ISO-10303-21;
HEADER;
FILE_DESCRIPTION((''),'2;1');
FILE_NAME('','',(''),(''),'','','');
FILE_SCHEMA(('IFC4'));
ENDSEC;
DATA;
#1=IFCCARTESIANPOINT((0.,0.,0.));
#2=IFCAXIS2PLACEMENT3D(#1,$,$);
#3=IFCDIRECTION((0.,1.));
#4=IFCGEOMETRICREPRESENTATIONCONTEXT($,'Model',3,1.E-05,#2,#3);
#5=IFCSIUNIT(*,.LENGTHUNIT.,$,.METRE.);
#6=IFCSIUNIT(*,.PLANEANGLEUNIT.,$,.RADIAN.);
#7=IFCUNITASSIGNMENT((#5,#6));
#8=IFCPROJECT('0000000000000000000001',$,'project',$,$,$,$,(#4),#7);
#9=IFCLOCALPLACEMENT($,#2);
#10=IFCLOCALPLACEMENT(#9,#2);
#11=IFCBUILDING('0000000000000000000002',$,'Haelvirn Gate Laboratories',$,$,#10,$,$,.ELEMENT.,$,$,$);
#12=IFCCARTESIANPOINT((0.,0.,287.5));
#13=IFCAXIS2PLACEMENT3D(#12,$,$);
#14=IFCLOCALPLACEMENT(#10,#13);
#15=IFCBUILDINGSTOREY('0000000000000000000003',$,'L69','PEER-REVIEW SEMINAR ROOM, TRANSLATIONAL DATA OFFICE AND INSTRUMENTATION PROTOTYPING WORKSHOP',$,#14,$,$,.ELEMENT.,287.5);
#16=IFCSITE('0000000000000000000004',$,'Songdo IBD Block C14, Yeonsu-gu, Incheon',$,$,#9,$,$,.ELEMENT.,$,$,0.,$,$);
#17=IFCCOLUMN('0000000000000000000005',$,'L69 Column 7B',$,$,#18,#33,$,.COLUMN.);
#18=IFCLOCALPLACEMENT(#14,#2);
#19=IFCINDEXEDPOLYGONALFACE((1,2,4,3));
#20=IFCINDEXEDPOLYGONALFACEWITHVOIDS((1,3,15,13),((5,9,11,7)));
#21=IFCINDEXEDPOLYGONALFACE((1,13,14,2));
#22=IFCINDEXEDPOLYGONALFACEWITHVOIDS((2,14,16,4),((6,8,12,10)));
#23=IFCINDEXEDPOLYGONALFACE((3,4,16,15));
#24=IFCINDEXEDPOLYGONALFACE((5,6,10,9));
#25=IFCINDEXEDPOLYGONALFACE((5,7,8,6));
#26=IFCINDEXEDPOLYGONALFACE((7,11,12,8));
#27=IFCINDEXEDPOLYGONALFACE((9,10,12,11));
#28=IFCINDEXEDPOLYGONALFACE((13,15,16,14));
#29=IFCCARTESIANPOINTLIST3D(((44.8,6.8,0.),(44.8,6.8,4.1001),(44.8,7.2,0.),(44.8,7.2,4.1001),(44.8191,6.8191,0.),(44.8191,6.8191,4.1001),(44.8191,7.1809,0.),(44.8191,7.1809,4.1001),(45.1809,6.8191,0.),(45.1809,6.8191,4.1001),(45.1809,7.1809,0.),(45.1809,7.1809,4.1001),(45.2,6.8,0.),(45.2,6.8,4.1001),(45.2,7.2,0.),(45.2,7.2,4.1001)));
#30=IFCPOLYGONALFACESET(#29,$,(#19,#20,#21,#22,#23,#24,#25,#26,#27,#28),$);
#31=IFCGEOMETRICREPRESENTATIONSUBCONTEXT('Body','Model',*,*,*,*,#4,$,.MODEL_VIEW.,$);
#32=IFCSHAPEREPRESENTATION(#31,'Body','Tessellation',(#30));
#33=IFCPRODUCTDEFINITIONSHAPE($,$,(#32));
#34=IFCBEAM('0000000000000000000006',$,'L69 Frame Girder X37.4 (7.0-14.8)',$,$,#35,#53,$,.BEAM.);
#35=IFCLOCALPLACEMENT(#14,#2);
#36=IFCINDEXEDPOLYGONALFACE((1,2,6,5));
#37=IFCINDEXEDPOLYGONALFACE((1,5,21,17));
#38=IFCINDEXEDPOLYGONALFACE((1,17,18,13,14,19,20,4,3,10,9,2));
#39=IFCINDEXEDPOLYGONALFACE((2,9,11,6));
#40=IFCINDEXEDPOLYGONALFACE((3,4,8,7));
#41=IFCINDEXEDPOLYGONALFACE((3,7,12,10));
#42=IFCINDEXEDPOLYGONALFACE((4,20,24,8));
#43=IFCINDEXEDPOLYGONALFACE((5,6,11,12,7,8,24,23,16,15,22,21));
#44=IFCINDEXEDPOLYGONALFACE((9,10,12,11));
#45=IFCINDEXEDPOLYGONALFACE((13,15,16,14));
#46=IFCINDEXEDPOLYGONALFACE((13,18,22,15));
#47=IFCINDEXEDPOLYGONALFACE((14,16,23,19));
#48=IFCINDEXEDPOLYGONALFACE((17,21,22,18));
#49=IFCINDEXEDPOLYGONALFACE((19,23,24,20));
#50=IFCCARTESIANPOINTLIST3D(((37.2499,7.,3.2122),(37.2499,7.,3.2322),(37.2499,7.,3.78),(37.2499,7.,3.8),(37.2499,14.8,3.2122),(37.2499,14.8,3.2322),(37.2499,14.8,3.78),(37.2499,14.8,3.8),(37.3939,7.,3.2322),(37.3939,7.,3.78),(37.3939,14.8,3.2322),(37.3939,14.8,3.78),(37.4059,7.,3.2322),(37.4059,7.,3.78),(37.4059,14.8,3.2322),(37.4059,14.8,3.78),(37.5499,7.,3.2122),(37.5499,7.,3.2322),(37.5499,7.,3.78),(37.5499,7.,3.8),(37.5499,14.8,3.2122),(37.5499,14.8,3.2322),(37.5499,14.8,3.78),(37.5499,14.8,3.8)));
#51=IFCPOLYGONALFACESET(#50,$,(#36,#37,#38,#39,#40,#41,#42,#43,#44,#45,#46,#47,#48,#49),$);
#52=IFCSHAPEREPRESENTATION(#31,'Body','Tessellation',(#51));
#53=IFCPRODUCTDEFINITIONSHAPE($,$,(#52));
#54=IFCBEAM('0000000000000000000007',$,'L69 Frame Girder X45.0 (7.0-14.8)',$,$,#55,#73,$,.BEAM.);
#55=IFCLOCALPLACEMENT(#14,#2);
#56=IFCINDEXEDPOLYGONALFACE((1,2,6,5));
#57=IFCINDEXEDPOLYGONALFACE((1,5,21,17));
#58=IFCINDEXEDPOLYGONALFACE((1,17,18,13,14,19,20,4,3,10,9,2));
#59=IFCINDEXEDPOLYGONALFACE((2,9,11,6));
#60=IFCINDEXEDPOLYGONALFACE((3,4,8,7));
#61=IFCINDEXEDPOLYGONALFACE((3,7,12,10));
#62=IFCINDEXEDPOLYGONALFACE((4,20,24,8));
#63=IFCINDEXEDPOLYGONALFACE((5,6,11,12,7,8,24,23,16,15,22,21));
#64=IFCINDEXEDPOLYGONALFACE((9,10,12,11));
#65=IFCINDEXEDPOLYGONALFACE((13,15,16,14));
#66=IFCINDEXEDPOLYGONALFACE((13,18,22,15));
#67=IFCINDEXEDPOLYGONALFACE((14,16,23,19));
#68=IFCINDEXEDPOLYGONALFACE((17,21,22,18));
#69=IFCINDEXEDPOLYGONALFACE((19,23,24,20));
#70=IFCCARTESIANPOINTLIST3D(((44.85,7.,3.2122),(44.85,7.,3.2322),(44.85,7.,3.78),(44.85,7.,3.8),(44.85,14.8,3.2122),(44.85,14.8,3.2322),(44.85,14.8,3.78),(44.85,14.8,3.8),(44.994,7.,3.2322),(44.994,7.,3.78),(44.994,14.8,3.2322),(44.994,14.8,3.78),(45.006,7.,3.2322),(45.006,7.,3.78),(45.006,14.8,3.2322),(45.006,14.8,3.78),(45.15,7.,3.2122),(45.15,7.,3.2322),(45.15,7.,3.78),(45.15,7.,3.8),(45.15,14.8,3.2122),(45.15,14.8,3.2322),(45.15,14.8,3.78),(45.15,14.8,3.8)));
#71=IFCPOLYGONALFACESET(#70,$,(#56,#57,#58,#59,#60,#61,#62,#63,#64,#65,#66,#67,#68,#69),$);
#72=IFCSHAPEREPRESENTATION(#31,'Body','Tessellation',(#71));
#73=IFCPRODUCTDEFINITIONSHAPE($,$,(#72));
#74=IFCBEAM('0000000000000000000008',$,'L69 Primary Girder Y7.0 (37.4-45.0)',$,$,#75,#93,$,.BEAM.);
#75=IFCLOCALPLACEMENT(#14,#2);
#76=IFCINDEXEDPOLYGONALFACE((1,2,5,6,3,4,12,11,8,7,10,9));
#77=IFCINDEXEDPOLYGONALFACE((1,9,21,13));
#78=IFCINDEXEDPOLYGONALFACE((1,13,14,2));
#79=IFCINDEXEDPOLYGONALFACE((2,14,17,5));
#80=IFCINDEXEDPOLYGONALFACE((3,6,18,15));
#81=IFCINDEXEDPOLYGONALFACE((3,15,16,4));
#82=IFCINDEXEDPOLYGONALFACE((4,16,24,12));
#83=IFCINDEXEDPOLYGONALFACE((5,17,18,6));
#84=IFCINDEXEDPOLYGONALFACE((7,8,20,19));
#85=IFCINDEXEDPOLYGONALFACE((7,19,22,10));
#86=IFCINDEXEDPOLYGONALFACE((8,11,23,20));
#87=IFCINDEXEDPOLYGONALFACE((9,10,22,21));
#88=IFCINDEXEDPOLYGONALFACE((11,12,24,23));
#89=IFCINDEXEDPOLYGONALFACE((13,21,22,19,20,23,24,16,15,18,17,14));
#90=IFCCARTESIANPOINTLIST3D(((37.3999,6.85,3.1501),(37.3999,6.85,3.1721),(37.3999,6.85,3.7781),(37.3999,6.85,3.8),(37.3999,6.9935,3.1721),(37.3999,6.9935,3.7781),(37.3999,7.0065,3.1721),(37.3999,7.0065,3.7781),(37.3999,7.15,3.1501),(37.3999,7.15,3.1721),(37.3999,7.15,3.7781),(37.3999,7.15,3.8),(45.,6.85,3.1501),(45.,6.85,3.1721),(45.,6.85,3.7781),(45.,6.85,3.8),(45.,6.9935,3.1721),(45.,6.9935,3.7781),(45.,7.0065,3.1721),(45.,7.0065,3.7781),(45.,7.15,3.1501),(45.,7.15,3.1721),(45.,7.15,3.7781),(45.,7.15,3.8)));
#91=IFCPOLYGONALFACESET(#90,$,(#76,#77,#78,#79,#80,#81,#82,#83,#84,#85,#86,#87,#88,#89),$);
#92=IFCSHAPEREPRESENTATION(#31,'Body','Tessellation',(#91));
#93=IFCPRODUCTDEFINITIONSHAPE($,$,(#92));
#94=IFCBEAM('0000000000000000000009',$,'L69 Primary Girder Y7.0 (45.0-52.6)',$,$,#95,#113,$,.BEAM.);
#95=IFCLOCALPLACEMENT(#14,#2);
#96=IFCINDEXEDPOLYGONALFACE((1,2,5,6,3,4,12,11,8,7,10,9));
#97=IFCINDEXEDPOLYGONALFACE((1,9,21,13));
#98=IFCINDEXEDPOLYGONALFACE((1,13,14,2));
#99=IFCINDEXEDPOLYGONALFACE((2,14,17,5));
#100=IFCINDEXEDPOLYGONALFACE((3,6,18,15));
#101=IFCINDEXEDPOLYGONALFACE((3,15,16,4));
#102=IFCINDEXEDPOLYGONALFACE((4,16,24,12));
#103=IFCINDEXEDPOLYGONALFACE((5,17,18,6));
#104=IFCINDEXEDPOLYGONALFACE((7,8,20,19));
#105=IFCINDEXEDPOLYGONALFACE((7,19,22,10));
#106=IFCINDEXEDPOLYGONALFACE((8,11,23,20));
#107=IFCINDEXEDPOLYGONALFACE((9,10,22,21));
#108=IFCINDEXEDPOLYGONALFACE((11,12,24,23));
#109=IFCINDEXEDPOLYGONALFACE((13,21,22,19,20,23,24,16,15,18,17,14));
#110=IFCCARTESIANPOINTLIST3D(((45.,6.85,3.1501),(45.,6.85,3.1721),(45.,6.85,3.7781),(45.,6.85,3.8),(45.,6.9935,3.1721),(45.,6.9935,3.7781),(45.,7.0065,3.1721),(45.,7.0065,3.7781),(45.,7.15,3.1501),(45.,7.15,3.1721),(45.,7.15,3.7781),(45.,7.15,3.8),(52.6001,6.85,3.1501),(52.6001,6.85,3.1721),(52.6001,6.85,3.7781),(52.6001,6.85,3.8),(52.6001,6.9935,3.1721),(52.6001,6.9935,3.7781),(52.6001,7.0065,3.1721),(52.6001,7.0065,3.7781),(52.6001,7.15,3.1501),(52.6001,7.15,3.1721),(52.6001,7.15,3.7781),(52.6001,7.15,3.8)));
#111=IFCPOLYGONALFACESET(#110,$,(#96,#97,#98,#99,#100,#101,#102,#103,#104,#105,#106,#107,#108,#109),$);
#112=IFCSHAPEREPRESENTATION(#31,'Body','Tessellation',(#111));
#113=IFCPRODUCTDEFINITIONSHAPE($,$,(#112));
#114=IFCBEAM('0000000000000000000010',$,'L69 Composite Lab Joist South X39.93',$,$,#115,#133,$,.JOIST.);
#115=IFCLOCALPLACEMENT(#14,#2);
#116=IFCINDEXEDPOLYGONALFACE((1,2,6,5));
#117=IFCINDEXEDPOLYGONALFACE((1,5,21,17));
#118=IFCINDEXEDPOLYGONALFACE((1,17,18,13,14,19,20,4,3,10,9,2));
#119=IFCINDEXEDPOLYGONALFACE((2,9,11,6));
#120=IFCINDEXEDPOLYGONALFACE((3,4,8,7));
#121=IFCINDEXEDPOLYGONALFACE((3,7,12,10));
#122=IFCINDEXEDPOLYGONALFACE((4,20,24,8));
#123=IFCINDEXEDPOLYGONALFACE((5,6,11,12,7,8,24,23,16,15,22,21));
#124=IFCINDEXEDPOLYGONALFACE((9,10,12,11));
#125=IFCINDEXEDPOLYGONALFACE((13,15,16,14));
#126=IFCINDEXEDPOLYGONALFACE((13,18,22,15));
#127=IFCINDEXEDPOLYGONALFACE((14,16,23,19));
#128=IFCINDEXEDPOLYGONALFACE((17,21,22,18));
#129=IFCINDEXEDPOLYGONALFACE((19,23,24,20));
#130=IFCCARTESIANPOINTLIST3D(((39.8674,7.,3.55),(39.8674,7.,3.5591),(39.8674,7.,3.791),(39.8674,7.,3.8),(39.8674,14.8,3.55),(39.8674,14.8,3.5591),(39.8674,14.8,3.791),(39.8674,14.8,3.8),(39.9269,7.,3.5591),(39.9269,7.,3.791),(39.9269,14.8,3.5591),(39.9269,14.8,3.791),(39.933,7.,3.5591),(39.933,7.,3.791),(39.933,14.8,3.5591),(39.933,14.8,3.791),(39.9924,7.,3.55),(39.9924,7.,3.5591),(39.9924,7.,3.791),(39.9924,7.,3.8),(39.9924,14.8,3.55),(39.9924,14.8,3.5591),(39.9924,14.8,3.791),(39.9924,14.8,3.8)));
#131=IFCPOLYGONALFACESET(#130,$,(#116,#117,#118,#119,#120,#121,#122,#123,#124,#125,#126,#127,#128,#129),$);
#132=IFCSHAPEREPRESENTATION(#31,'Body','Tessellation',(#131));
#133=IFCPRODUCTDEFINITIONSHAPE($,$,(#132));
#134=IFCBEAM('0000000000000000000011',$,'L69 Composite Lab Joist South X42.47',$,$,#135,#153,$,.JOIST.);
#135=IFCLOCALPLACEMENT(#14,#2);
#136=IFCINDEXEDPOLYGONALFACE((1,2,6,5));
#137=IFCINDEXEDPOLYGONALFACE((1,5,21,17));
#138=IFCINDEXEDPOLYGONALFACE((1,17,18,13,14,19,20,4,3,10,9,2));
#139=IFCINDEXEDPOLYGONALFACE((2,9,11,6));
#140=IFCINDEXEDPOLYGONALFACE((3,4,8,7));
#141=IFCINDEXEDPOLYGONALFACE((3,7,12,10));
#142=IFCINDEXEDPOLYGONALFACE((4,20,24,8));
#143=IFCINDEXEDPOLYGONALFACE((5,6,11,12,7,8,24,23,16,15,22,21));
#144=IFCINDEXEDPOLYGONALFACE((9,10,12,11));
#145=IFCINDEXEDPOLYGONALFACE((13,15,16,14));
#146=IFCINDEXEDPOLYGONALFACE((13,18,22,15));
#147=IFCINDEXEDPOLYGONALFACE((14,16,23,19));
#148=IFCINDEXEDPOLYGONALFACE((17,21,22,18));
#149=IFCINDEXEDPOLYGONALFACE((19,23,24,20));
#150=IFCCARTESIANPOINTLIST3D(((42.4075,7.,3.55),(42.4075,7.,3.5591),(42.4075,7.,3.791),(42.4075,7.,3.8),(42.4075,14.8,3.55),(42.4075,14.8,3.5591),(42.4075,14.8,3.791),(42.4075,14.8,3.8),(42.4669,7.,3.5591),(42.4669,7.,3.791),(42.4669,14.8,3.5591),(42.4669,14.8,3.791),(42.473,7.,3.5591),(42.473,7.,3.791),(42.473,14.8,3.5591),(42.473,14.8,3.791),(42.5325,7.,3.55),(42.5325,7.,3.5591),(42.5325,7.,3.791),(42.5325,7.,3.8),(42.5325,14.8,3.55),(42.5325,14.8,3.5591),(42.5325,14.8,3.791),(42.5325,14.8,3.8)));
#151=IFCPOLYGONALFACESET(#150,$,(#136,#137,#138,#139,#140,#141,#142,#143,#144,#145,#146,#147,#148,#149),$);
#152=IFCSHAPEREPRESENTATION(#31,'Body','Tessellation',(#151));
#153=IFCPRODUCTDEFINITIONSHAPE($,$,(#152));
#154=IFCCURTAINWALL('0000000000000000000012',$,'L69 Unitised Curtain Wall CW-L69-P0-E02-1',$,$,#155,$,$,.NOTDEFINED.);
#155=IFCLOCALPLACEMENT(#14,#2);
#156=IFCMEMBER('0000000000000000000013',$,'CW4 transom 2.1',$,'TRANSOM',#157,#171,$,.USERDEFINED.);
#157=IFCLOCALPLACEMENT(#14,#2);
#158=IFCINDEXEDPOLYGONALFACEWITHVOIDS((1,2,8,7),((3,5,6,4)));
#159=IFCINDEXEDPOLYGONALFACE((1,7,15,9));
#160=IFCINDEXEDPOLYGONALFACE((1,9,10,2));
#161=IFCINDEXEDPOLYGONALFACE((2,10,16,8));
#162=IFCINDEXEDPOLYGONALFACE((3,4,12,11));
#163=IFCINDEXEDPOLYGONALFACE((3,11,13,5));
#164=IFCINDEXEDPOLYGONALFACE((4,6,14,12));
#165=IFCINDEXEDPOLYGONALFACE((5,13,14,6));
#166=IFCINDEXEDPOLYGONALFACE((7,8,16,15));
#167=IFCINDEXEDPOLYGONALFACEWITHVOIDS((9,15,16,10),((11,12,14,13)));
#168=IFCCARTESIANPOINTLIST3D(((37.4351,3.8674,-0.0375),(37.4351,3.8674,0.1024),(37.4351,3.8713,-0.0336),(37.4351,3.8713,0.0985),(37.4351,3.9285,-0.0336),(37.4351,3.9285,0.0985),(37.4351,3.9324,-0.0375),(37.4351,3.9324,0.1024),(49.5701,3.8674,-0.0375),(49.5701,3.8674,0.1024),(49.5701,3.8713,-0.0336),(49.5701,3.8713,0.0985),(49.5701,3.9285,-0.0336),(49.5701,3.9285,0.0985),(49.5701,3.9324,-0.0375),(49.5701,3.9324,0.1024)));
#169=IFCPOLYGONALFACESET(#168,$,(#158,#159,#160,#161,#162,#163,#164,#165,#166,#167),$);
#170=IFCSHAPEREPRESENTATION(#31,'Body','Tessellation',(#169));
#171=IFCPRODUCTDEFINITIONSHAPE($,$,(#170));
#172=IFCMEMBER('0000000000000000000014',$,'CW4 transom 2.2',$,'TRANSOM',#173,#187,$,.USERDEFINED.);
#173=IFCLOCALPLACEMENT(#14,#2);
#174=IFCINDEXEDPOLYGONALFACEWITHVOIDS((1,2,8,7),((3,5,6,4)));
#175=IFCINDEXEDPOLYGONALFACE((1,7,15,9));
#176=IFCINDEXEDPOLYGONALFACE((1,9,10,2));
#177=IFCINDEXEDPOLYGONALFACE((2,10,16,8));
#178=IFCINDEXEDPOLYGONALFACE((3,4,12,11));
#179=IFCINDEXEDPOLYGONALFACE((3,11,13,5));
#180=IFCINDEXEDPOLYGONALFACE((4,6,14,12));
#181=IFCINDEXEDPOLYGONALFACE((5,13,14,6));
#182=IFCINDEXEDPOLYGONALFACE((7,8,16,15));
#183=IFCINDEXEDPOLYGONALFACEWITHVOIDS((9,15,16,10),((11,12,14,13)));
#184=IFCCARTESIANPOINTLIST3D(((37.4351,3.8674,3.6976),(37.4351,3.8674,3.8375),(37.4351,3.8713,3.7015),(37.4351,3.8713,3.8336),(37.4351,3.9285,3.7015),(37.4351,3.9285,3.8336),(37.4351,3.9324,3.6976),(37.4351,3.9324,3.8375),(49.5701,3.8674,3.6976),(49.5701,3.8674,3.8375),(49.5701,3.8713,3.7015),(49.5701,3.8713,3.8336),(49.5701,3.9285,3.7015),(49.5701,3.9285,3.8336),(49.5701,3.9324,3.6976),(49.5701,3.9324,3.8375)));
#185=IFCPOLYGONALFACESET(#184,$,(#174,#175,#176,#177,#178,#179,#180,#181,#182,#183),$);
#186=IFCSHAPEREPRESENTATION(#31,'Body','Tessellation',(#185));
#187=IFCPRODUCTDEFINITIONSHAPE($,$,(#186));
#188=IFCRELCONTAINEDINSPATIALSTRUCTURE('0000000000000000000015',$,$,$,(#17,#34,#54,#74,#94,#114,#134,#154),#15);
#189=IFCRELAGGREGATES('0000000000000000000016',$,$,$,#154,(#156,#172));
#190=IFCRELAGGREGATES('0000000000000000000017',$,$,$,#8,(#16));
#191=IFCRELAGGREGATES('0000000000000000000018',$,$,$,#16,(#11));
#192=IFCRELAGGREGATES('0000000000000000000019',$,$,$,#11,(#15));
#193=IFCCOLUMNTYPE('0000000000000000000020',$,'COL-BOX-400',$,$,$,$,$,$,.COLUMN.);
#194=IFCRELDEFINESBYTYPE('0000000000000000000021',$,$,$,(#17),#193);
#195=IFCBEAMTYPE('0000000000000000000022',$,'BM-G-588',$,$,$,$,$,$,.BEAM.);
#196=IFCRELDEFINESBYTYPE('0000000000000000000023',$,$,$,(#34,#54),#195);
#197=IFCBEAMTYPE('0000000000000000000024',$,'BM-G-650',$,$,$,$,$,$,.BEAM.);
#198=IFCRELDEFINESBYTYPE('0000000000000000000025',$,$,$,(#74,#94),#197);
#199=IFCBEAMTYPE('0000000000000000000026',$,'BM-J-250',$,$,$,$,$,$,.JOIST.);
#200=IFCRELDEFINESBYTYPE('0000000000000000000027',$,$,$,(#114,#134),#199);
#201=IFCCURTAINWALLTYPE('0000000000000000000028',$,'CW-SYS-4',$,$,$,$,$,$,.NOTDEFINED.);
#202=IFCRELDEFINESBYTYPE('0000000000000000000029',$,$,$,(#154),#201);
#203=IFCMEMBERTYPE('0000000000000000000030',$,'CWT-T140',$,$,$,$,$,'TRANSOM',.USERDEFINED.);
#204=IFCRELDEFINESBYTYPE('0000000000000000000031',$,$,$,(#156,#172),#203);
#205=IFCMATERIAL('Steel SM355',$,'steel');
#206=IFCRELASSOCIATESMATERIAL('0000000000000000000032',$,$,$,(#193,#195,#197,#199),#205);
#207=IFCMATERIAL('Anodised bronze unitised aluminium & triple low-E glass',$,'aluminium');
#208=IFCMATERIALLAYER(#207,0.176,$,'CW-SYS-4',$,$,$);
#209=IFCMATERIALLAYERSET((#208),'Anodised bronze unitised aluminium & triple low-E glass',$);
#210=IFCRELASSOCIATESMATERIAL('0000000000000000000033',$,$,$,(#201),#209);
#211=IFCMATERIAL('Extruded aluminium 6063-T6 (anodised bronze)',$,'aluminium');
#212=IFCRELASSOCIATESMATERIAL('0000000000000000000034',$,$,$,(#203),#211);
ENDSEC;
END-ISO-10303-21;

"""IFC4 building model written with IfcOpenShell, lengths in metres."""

from ifc_helpers import new_model, si_unit, direction, frame, origin, origin_2d, place, context, subcontext, project, spatial, hollow_rectangle, i_section, extrude, source, transform, mapped, material, layer, layer_set, material_profile, profile_set, type_object, type_shapes, element, aggregate, save


model = new_model("IFC4")

# Units and contexts
model_context = context("Model", 3, precision=1e-05, world=origin(), true_north=direction((0.0, 1.0)))
body_context = subcontext(model_context, "Body", "Model", "MODEL_VIEW")
ifc_project = project(units=[si_unit("LENGTHUNIT", "METRE"), si_unit("PLANEANGLEUNIT", "RADIAN")], contexts=[model_context])

# Site, building, storey
site_placement = place(None, origin())
site = spatial("IfcSite", under=ifc_project, at=site_placement, Name="Songdo IBD Block C14, Yeonsu-gu, Incheon", CompositionType="ELEMENT", RefElevation=0.0)
building_placement = place(site_placement, origin())
building = spatial("IfcBuilding", under=site, at=building_placement, Name="Haelvirn Gate Laboratories", CompositionType="ELEMENT")
storey_placement = place(building_placement, frame((0.0, 0.0, 287.5)))
storey = spatial("IfcBuildingStorey", under=building, at=storey_placement, Name="L69", Description="PEER-REVIEW SEMINAR ROOM, TRANSLATIONAL DATA OFFICE AND INSTRUMENTATION PROTOTYPING WORKSHOP", CompositionType="ELEMENT", Elevation=287.5)

# Column
ifc_material_1 = material(Name="Steel SM355", Category="steel")
ifc_material_profile_1 = material_profile(ifc_material_1, hollow_rectangle(XDim=0.3999, YDim=0.3999, WallThickness=0.019, at=origin_2d()), Name="BOX-400x400x19")
ifc_profile_set_1 = profile_set([ifc_material_profile_1], Name="Steel SM355")
column_type = type_object("IfcColumnType", Name="COL-BOX-400", PredefinedType="COLUMN", material=ifc_profile_set_1)
shared_shape_1 = source(origin(), body_context, "Body", "SweptSolid", [
    extrude(hollow_rectangle(XDim=0.3999, YDim=0.3999, WallThickness=0.019, at=origin_2d()), origin(), (0.0, 0.0, 1.0), 4.1001),
])
type_shapes(column_type, [shared_shape_1])
column_placement = place(storey_placement, frame((45.0, 7.0, 0.0), z_axis=(0.0, 0.0, 1.0), x_axis=(1.0, 0.0, 0.0)))
element("IfcColumn", 1, at=column_placement, inside=storey, type_object=column_type, Name="L69 Column 7B", PredefinedType="COLUMN", context=body_context, shape_type="MappedRepresentation", body=[
    mapped(shared_shape_1, transform((0.0, 0.0, 0.0), scale=1.0)),
])

# Beams
ifc_material_profile_2 = material_profile(ifc_material_1, i_section(OverallWidth=0.3, OverallDepth=0.5879, WebThickness=0.012, FlangeThickness=0.02, at=origin_2d()), Name="H-588x300x12x20")
ifc_profile_set_2 = profile_set([ifc_material_profile_2], Name="Steel SM355")
beam_type_1 = type_object("IfcBeamType", Name="BM-G-588", PredefinedType="BEAM", material=ifc_profile_set_2)
shared_shape_2 = source(origin(), body_context, "Body", "SweptSolid", [
    extrude(i_section(OverallWidth=0.3, OverallDepth=0.5879, WebThickness=0.012, FlangeThickness=0.02, at=origin_2d()), origin(), (0.0, 0.0, 1.0), 7.8),
])
type_shapes(beam_type_1, [shared_shape_2])
for number, where, z_axis, x_axis, name in (
    (2, (37.3999, 7.0, 3.5061), (0.0, 1.0, 0.0), (-1.0, 0.0, 0.0), "L69 Frame Girder X37.4 (7.0-14.8)"),
    (3, (45.0, 7.0, 3.5061), (0.0, 1.0, 0.0), (-1.0, 0.0, 0.0), "L69 Frame Girder X45.0 (7.0-14.8)"),
):
    element("IfcBeam", number, at=place(storey_placement, frame(where, z_axis=z_axis, x_axis=x_axis)), inside=storey, type_object=beam_type_1, Name=name, PredefinedType="BEAM", context=body_context, shape_type="MappedRepresentation", body=[
        mapped(shared_shape_2, transform((0.0, 0.0, 0.0), scale=1.0)),
    ])
ifc_material_profile_3 = material_profile(ifc_material_1, i_section(OverallWidth=0.3, OverallDepth=0.6499, WebThickness=0.0129, FlangeThickness=0.022, at=origin_2d()), Name="H-650x300x13x22")
ifc_profile_set_3 = profile_set([ifc_material_profile_3], Name="Steel SM355")
beam_type_2 = type_object("IfcBeamType", Name="BM-G-650", PredefinedType="BEAM", material=ifc_profile_set_3)
shared_shape_3 = source(origin(), body_context, "Body", "SweptSolid", [
    extrude(i_section(OverallWidth=0.3, OverallDepth=0.6499, WebThickness=0.0129, FlangeThickness=0.022, at=origin_2d()), origin(), (0.0, 0.0, 1.0), 7.6001),
])
type_shapes(beam_type_2, [shared_shape_3])
for number, where, z_axis, x_axis, name in (
    (4, (37.3999, 7.0, 3.4751), (1.0, 0.0, 0.0), (0.0, 1.0, 0.0), "L69 Primary Girder Y7.0 (37.4-45.0)"),
    (5, (45.0, 7.0, 3.4751), (1.0, 0.0, 0.0), (0.0, 1.0, 0.0), "L69 Primary Girder Y7.0 (45.0-52.6)"),
):
    element("IfcBeam", number, at=place(storey_placement, frame(where, z_axis=z_axis, x_axis=x_axis)), inside=storey, type_object=beam_type_2, Name=name, PredefinedType="BEAM", context=body_context, shape_type="MappedRepresentation", body=[
        mapped(shared_shape_3, transform((0.0, 0.0, 0.0), scale=1.0)),
    ])
ifc_material_profile_4 = material_profile(ifc_material_1, i_section(OverallWidth=0.125, OverallDepth=0.25, WebThickness=0.0061, FlangeThickness=0.009, at=origin_2d()), Name="H-250x125x6x9")
ifc_profile_set_4 = profile_set([ifc_material_profile_4], Name="Steel SM355")
beam_type_3 = type_object("IfcBeamType", Name="BM-J-250", PredefinedType="JOIST", material=ifc_profile_set_4)
shared_shape_4 = source(origin(), body_context, "Body", "SweptSolid", [
    extrude(i_section(OverallWidth=0.125, OverallDepth=0.25, WebThickness=0.0061, FlangeThickness=0.009, at=origin_2d()), origin(), (0.0, 0.0, 1.0), 7.8),
])
type_shapes(beam_type_3, [shared_shape_4])
for number, where, z_axis, x_axis, name in (
    (6, (39.9299, 7.0, 3.675), (0.0, 1.0, 0.0), (-1.0, 0.0, 0.0), "L69 Composite Lab Joist South X39.93"),
    (7, (42.47, 7.0, 3.675), (0.0, 1.0, 0.0), (-1.0, 0.0, 0.0), "L69 Composite Lab Joist South X42.47"),
):
    element("IfcBeam", number, at=place(storey_placement, frame(where, z_axis=z_axis, x_axis=x_axis)), inside=storey, type_object=beam_type_3, Name=name, PredefinedType="JOIST", context=body_context, shape_type="MappedRepresentation", body=[
        mapped(shared_shape_4, transform((0.0, 0.0, 0.0), scale=1.0)),
    ])

# Curtain wall, members
ifc_material_2 = material(Name="Anodised bronze unitised aluminium & triple low-E glass", Category="aluminium")
ifc_layer_1 = layer(ifc_material_2, 0.176, Name="CW-SYS-4")
ifc_layer_set_1 = layer_set([ifc_layer_1], Name="Anodised bronze unitised aluminium & triple low-E glass")
curtain_wall_type = type_object("IfcCurtainWallType", Name="CW-SYS-4", PredefinedType="NOTDEFINED", material=ifc_layer_set_1)
curtain_wall_1_placement = place(storey_placement, origin())
curtain_wall_1 = element("IfcCurtainWall", 8, at=curtain_wall_1_placement, inside=storey, type_object=curtain_wall_type, Name="L69 Unitised Curtain Wall CW-L69-P0-E02-1", PredefinedType="NOTDEFINED")
ifc_material_3 = material(Name="Extruded aluminium 6063-T6 (anodised bronze)", Category="aluminium")
ifc_material_profile_5 = material_profile(ifc_material_3, hollow_rectangle(XDim=0.0649, YDim=0.1399, WallThickness=0.0039, at=origin_2d()), Name="CWT-140x65x4")
ifc_profile_set_5 = profile_set([ifc_material_profile_5], Name="Extruded aluminium 6063-T6 (anodised bronze)")
member_type_1 = type_object("IfcMemberType", Name="CWT-T140", ElementType="TRANSOM", PredefinedType="USERDEFINED", material=ifc_profile_set_5)
shared_shape_5 = source(origin(), body_context, "Body", "SweptSolid", [
    extrude(hollow_rectangle(XDim=0.0649, YDim=0.1399, WallThickness=0.0039, at=origin_2d()), origin(), (0.0, 0.0, 1.0), 12.135),
])
member_1_placement = place(storey_placement, frame((37.4351, 3.8999, 0.0325), z_axis=(1.0, 0.0, 0.0), x_axis=(0.0, 1.0, 0.0)))
member_1 = element("IfcMember", 9, at=member_1_placement, type_object=member_type_1, Name="CW4 transom 2.1", ObjectType="TRANSOM", PredefinedType="USERDEFINED", context=body_context, shape_type="MappedRepresentation", body=[
    mapped(shared_shape_5, transform((0.0, 0.0, 0.0), scale=1.0)),
])
member_2_placement = place(storey_placement, frame((37.4351, 3.8999, 3.7676), z_axis=(1.0, 0.0, 0.0), x_axis=(0.0, 1.0, 0.0)))
member_2 = element("IfcMember", 10, at=member_2_placement, type_object=member_type_1, Name="CW4 transom 2.2", ObjectType="TRANSOM", PredefinedType="USERDEFINED", context=body_context, shape_type="MappedRepresentation", body=[
    mapped(shared_shape_5, transform((0.0, 0.0, 0.0), scale=1.0)),
])

aggregate(curtain_wall_1, [member_1, member_2])

save(model, "model.ifc")
